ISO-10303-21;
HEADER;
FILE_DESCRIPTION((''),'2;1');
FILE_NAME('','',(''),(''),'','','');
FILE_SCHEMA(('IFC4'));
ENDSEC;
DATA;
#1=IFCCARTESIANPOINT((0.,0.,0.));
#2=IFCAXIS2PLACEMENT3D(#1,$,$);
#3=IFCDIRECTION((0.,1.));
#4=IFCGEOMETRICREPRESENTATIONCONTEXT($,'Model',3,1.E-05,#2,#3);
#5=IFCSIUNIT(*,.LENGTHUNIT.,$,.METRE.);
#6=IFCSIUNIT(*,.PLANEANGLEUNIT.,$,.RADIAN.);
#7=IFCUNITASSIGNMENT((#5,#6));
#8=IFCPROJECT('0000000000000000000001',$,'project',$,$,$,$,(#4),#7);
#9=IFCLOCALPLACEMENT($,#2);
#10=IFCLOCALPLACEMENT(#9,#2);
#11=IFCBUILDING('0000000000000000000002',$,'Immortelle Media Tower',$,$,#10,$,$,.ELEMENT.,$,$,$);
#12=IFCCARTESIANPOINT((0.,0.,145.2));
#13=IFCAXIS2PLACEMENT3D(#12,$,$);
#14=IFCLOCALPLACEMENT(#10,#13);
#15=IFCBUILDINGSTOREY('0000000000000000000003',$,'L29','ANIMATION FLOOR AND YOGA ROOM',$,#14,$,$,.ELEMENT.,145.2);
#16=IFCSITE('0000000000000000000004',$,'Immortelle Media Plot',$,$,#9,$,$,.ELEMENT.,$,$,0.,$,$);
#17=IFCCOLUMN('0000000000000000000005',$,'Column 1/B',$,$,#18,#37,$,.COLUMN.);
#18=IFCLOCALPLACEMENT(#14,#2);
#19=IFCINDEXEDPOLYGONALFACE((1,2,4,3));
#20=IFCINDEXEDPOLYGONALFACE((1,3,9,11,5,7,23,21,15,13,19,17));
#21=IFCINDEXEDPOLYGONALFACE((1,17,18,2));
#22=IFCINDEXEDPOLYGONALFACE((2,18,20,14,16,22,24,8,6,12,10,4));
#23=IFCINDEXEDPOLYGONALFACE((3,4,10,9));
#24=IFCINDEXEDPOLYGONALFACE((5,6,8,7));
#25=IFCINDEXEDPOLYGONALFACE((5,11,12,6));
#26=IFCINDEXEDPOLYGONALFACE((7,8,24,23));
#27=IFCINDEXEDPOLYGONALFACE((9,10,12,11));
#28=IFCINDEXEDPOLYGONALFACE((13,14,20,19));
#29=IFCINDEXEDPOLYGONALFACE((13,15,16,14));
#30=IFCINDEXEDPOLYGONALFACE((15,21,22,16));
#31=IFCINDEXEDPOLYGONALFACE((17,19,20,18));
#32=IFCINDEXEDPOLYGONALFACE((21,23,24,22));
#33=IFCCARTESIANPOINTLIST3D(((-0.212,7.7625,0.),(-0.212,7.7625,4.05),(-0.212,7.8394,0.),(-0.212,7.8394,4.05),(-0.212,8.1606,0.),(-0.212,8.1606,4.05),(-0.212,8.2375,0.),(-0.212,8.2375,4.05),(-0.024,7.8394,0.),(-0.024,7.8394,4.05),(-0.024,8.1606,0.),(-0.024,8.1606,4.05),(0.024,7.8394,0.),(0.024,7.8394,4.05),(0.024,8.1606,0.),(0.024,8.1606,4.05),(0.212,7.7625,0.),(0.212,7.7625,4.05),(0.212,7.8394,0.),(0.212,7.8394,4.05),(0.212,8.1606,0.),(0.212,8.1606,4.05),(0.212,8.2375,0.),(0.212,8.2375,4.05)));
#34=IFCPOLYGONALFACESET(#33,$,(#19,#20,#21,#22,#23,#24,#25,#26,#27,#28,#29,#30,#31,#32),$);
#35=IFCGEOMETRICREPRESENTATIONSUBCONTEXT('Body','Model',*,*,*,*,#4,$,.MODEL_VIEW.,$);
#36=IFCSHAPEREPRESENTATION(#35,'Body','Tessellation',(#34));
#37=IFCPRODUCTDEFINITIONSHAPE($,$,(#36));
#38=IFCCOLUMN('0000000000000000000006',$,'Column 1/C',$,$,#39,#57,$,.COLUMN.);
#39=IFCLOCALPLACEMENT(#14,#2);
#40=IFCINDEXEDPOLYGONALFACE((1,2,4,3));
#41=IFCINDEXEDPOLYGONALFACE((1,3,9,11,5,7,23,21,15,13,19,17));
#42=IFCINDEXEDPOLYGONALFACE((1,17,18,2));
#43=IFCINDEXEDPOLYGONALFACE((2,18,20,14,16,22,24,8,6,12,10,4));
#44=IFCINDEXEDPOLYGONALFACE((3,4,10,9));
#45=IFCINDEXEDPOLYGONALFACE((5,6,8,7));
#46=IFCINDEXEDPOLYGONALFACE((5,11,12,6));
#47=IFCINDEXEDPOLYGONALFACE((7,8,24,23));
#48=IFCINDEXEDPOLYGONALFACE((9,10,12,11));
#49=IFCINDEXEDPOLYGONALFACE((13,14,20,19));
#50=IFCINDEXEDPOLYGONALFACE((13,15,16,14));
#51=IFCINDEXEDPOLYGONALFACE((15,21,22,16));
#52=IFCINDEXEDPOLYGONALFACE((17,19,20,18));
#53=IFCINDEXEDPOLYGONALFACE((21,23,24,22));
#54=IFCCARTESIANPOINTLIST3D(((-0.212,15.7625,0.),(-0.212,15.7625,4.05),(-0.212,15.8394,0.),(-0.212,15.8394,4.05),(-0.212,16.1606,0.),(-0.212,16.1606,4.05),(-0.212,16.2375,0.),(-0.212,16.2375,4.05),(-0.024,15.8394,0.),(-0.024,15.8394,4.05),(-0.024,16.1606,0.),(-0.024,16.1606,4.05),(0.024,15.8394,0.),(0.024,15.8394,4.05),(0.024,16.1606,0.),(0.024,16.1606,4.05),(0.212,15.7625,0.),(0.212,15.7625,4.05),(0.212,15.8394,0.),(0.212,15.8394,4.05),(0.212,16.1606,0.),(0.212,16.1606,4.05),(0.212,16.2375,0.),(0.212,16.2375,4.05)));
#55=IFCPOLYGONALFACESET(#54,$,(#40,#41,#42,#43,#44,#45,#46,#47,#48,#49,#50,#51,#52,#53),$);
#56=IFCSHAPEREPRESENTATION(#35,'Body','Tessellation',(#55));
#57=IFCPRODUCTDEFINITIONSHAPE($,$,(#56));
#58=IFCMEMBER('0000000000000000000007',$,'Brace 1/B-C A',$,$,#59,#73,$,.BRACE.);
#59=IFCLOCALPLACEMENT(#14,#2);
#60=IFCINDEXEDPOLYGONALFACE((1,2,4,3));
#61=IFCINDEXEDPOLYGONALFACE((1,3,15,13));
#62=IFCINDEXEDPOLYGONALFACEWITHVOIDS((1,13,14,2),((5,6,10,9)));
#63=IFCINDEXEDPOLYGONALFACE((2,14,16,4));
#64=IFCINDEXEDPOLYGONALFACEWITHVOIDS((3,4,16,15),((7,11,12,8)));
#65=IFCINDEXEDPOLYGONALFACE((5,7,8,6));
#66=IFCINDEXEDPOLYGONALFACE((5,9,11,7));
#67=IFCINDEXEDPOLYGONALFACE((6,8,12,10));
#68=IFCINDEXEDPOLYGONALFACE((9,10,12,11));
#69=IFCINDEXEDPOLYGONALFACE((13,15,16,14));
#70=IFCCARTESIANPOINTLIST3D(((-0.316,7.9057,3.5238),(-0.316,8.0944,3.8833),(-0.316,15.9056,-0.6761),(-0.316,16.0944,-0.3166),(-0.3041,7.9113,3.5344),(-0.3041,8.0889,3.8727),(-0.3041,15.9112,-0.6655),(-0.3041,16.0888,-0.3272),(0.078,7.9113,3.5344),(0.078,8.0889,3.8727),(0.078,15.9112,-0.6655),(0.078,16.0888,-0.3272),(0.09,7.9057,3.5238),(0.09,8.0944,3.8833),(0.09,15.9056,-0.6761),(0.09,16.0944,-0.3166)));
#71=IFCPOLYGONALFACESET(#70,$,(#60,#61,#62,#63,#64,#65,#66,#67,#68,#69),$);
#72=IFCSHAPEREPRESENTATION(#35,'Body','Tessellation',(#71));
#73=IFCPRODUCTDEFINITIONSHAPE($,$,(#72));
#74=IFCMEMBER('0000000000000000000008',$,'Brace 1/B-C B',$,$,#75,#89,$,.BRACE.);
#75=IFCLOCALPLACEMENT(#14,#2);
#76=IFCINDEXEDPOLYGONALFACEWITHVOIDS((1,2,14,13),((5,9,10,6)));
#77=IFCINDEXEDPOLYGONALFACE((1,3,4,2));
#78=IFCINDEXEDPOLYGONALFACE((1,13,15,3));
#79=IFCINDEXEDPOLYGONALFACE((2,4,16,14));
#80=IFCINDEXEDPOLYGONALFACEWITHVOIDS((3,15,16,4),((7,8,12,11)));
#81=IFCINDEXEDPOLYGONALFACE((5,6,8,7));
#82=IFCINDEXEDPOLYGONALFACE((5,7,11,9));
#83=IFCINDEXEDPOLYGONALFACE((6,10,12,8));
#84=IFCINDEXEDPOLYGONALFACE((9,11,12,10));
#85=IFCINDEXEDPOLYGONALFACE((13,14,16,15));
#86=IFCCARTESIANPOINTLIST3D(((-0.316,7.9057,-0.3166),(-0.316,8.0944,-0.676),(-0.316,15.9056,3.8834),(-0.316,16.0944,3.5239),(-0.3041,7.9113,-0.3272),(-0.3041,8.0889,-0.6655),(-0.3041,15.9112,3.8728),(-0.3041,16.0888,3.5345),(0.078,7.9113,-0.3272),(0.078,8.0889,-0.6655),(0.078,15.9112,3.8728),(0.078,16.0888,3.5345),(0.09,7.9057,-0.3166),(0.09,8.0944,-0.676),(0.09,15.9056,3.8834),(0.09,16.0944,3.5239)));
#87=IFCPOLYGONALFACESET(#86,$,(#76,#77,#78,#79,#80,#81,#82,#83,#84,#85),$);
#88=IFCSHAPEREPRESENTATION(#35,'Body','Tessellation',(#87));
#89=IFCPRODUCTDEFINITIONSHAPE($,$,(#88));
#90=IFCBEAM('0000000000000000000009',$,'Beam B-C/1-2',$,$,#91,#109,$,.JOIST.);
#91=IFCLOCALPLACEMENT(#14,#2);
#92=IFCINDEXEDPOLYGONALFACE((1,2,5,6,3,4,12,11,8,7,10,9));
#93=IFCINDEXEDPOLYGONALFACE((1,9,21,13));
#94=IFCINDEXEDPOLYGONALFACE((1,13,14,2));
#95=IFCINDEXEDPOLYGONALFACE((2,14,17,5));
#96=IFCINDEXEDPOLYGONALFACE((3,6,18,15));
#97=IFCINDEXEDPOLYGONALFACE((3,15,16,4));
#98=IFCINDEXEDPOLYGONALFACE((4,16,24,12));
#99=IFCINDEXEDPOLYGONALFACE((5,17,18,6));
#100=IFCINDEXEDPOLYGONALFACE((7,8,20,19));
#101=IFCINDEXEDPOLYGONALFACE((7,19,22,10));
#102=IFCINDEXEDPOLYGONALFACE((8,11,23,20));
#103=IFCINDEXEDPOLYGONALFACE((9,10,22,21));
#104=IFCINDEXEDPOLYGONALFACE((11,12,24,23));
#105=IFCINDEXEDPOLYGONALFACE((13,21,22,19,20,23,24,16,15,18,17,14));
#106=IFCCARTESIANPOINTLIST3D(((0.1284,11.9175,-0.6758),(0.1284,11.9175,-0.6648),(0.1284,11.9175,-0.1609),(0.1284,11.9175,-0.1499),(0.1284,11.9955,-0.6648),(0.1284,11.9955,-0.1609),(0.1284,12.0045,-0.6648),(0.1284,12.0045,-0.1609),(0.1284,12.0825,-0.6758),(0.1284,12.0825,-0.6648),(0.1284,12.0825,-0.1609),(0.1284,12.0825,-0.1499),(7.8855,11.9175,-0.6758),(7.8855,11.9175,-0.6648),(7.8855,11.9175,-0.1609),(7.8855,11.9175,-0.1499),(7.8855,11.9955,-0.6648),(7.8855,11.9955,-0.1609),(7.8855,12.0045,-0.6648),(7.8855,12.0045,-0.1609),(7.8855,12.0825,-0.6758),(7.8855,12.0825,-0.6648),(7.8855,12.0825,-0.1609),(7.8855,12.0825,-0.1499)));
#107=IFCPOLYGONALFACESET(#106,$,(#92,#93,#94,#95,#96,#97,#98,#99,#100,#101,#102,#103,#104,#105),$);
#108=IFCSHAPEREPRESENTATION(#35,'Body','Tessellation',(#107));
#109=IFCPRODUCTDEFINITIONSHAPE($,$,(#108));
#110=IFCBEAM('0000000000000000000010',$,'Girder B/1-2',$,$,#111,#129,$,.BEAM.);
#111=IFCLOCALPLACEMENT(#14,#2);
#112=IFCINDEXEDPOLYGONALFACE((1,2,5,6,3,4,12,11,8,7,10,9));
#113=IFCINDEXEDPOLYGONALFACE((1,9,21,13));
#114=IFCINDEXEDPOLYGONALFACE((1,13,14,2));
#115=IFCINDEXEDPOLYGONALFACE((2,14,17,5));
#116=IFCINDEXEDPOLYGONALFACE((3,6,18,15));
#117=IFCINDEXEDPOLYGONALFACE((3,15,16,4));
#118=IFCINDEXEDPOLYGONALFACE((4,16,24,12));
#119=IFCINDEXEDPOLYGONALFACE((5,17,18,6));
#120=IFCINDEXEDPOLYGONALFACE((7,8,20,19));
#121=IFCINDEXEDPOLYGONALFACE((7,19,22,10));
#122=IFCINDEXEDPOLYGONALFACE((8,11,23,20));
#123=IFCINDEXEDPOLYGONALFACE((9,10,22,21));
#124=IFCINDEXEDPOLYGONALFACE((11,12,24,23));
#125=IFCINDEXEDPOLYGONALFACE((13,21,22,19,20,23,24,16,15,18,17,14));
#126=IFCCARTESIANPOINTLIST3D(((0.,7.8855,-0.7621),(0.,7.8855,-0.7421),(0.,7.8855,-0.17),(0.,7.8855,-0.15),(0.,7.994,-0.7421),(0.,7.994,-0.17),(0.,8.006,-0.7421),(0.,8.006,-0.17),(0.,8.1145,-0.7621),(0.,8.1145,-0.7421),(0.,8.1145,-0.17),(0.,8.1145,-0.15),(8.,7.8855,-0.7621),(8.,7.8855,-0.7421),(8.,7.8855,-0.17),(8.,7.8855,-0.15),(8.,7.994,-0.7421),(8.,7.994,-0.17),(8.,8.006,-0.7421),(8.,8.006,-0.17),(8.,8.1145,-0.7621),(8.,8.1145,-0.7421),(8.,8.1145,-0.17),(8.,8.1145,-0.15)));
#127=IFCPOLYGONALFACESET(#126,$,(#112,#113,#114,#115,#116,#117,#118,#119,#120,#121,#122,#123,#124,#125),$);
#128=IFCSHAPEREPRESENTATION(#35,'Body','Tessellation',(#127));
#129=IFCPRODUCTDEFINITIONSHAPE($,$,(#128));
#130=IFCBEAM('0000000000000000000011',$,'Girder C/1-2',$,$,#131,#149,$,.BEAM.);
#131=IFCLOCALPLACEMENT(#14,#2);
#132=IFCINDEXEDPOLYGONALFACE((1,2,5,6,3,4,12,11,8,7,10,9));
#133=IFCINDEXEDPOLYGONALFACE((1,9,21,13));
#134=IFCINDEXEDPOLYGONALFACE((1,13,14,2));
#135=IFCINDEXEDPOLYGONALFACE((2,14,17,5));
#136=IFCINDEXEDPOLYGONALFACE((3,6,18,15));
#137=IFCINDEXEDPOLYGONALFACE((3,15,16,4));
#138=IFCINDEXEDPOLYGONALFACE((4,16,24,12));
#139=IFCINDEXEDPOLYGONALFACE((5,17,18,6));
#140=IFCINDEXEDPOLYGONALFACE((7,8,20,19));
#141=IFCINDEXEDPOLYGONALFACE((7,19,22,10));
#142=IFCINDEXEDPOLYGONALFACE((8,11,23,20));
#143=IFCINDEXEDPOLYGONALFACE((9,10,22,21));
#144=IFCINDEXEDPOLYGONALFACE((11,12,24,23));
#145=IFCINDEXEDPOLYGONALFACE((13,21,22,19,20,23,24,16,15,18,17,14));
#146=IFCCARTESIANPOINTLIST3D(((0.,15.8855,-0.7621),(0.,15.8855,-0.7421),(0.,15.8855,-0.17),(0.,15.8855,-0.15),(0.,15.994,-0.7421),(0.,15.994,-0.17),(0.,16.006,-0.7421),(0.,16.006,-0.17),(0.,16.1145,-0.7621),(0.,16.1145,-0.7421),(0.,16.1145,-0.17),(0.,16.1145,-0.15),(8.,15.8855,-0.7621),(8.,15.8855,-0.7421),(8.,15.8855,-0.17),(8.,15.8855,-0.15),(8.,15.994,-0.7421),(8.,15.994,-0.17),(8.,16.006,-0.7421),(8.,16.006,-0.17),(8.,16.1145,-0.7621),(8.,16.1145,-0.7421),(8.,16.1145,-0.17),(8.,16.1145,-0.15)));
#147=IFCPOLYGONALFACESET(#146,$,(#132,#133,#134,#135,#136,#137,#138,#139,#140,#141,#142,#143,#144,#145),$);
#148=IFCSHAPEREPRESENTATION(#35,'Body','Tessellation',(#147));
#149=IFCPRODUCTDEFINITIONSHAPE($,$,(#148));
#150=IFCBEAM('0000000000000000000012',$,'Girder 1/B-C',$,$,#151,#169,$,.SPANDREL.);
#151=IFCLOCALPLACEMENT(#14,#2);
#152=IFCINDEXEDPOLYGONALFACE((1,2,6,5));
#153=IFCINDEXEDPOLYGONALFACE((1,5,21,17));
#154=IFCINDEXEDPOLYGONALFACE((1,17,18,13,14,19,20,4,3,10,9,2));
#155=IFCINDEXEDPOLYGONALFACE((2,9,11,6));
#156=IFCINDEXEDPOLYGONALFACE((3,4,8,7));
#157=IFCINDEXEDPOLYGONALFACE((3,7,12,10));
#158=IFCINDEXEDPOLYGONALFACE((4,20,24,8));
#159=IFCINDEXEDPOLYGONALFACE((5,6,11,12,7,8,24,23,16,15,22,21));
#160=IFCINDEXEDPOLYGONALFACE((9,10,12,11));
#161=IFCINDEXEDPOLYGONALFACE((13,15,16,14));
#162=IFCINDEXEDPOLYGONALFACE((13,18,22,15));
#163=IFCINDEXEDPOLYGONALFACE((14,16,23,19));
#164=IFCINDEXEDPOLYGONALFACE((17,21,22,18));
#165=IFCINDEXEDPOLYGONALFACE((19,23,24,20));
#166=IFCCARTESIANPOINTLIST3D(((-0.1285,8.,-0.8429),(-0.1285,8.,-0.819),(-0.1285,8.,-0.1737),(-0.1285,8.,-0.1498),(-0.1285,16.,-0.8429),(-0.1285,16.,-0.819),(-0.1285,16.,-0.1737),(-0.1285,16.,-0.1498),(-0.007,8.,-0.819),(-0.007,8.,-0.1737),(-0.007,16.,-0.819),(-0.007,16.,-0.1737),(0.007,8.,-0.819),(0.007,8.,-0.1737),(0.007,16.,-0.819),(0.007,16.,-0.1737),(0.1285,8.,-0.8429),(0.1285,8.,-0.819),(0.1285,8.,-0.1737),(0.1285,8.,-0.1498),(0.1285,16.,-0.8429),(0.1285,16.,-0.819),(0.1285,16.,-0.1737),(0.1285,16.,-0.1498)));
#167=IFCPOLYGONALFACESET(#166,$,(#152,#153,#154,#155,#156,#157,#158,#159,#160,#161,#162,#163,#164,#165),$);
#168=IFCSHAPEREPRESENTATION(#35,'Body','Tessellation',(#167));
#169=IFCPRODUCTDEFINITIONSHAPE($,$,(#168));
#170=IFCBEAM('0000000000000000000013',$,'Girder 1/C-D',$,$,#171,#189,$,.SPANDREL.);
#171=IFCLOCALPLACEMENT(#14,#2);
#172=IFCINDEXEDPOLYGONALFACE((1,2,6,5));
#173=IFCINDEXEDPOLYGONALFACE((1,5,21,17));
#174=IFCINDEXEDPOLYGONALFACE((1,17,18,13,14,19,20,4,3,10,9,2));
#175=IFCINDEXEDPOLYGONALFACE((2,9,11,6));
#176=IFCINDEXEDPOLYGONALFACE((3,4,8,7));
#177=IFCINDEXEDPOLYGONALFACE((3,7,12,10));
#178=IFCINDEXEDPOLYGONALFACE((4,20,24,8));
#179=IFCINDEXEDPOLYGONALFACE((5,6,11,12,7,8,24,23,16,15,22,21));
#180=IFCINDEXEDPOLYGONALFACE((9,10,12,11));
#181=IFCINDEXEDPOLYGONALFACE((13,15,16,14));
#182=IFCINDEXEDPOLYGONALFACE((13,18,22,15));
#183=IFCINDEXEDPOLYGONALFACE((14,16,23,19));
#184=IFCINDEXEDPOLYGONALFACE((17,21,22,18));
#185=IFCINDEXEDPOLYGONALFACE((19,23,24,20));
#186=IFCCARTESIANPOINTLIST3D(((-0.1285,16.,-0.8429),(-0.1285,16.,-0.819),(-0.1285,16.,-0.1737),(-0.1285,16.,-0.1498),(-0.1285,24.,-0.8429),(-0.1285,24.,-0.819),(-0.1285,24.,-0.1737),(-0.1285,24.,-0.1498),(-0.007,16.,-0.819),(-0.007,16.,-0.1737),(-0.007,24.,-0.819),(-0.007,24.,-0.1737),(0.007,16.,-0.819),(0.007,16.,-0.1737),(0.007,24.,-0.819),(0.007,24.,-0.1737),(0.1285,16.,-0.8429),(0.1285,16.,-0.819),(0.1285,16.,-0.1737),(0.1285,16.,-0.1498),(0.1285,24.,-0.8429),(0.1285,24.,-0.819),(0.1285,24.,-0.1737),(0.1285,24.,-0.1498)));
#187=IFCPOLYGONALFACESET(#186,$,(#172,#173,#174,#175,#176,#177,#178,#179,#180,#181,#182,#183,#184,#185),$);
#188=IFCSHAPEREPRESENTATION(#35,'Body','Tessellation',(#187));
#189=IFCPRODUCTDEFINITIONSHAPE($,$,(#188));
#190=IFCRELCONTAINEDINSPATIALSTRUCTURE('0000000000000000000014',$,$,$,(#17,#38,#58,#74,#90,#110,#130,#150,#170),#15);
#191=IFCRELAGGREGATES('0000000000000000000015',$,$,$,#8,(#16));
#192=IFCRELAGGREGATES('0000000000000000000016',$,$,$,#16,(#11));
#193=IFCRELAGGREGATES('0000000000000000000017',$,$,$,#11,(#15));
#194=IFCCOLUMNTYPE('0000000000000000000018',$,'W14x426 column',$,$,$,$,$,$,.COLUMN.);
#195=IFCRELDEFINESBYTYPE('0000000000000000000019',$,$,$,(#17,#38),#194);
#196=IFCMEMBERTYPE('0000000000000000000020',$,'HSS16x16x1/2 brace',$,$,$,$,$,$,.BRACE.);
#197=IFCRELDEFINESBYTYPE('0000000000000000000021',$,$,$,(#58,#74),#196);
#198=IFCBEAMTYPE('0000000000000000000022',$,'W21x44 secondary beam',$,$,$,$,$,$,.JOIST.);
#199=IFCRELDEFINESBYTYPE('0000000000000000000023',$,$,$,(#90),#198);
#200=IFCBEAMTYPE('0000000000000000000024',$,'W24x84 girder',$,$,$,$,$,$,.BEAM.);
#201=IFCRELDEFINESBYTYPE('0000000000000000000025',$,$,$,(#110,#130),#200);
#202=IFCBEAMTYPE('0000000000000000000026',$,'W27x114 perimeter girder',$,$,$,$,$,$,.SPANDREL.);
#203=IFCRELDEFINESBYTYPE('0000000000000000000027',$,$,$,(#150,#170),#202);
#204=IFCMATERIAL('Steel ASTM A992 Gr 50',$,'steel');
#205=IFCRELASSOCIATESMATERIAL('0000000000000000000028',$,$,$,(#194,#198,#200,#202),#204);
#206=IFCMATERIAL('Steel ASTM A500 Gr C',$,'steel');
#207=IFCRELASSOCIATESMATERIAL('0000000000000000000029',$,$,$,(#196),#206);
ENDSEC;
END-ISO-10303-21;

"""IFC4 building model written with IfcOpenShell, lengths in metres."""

from ifc_helpers import new_model, si_unit, direction, frame, origin, origin_2d, place, context, subcontext, project, spatial, hollow_rectangle, i_section, extrude, material, material_profile, profile_set, type_object, element, save


model = new_model("IFC4")

# Units and contexts
model_context = context("Model", 3, precision=1e-05, world=origin(), true_north=direction((0.0, 1.0)))
body_context = subcontext(model_context, "Body", "Model", "MODEL_VIEW")
ifc_project = project(units=[si_unit("LENGTHUNIT", "METRE"), si_unit("PLANEANGLEUNIT", "RADIAN")], contexts=[model_context])

# Site, building, storey
site_placement = place(None, origin())
site = spatial("IfcSite", under=ifc_project, at=site_placement, Name="Immortelle Media Plot", CompositionType="ELEMENT", RefElevation=0.0)
building_placement = place(site_placement, origin())
building = spatial("IfcBuilding", under=site, at=building_placement, Name="Immortelle Media Tower", CompositionType="ELEMENT")
storey_placement = place(building_placement, frame((0.0, 0.0, 145.2)))
storey = spatial("IfcBuildingStorey", under=building, at=storey_placement, Name="L29", Description="ANIMATION FLOOR AND YOGA ROOM", CompositionType="ELEMENT", Elevation=145.2)

# Columns
ifc_material_1 = material(Name="Steel ASTM A992 Gr 50", Category="steel")
ifc_material_profile_1 = material_profile(ifc_material_1, i_section(OverallWidth=0.4241, OverallDepth=0.4751, WebThickness=0.0481, FlangeThickness=0.0769, at=origin_2d()), Name="W14x426")
ifc_profile_set_1 = profile_set([ifc_material_profile_1], Name="Steel ASTM A992 Gr 50")
column_type = type_object("IfcColumnType", Name="W14x426 column", PredefinedType="COLUMN", material=ifc_profile_set_1)
for number, where, z_axis, x_axis, name in (
    (1, (0.0, 8.0, 0.0), (0.0, 0.0, 1.0), (1.0, 0.0, 0.0), "Column 1/B"),
    (2, (0.0, 16.0, 0.0), (0.0, 0.0, 1.0), (1.0, 0.0, 0.0), "Column 1/C"),
):
    element("IfcColumn", number, at=place(storey_placement, frame(where, z_axis=z_axis, x_axis=x_axis)), inside=storey, type_object=column_type, Name=name, PredefinedType="COLUMN", context=body_context, shape_type="SweptSolid", body=[
        extrude(i_section(OverallWidth=0.4241, OverallDepth=0.4751, WebThickness=0.0481, FlangeThickness=0.0769, at=origin_2d()), origin(), (0.0, 0.0, 1.0), 4.05),
    ])

# Members
ifc_material_2 = material(Name="Steel ASTM A500 Gr C", Category="steel")
ifc_material_profile_2 = material_profile(ifc_material_2, hollow_rectangle(XDim=0.406, YDim=0.406, WallThickness=0.012, at=origin_2d()), Name="HSS16x16x1/2 brace")
ifc_profile_set_2 = profile_set([ifc_material_profile_2], Name="Steel ASTM A500 Gr C")
member_type = type_object("IfcMemberType", Name="HSS16x16x1/2 brace", PredefinedType="BRACE", material=ifc_profile_set_2)
for number, where, z_axis, x_axis, name in (
    (3, (-0.113, 16.0, -0.4963), (0.0, -0.8854, 0.46483), (1.0, 0.0, 0.0), "Brace 1/B-C A"),
    (4, (-0.113, 16.0, 3.7036), (0.0, -0.8854, -0.46483), (1.0, 0.0, 0.0), "Brace 1/B-C B"),
):
    element("IfcMember", number, at=place(storey_placement, frame(where, z_axis=z_axis, x_axis=x_axis)), inside=storey, type_object=member_type, Name=name, PredefinedType="BRACE", context=body_context, shape_type="SweptSolid", body=[
        extrude(hollow_rectangle(XDim=0.406, YDim=0.406, WallThickness=0.012, at=origin_2d()), origin(), (0.0, 0.0, 1.0), 9.0354),
    ])

# Beams
ifc_material_profile_3 = material_profile(ifc_material_1, i_section(OverallWidth=0.165, OverallDepth=0.5259, WebThickness=0.009, FlangeThickness=0.011, at=origin_2d()), Name="W21x44")
ifc_profile_set_3 = profile_set([ifc_material_profile_3], Name="Steel ASTM A992 Gr 50")
beam_type_1 = type_object("IfcBeamType", Name="W21x44 secondary beam", PredefinedType="JOIST", material=ifc_profile_set_3)
beam_placement = place(storey_placement, frame((0.1284, 12.0, -0.4128), z_axis=(1.0, 0.0, 0.0), x_axis=(0.0, 1.0, 0.0)))
element("IfcBeam", 5, at=beam_placement, inside=storey, type_object=beam_type_1, Name="Beam B-C/1-2", PredefinedType="JOIST", context=body_context, shape_type="SweptSolid", body=[
    extrude(i_section(OverallWidth=0.165, OverallDepth=0.5259, WebThickness=0.009, FlangeThickness=0.011, at=origin_2d()), origin(), (0.0, 0.0, 1.0), 7.7571),
])
ifc_material_profile_4 = material_profile(ifc_material_1, i_section(OverallWidth=0.229, OverallDepth=0.6121, WebThickness=0.012, FlangeThickness=0.02, at=origin_2d()), Name="W24x84")
ifc_profile_set_4 = profile_set([ifc_material_profile_4], Name="Steel ASTM A992 Gr 50")
beam_type_2 = type_object("IfcBeamType", Name="W24x84 girder", PredefinedType="BEAM", material=ifc_profile_set_4)
for number, where, z_axis, x_axis, name in (
    (6, (0.0, 8.0, -0.4561), (1.0, 0.0, 0.0), (0.0, 1.0, 0.0), "Girder B/1-2"),
    (7, (0.0, 16.0, -0.4561), (1.0, 0.0, 0.0), (0.0, 1.0, 0.0), "Girder C/1-2"),
):
    element("IfcBeam", number, at=place(storey_placement, frame(where, z_axis=z_axis, x_axis=x_axis)), inside=storey, type_object=beam_type_2, Name=name, PredefinedType="BEAM", context=body_context, shape_type="SweptSolid", body=[
        extrude(i_section(OverallWidth=0.229, OverallDepth=0.6121, WebThickness=0.012, FlangeThickness=0.02, at=origin_2d()), origin(), (0.0, 0.0, 1.0), 8.0),
    ])
ifc_material_profile_5 = material_profile(ifc_material_1, i_section(OverallWidth=0.2571, OverallDepth=0.6931, WebThickness=0.0139, FlangeThickness=0.0239, at=origin_2d()), Name="W27x114")
ifc_profile_set_5 = profile_set([ifc_material_profile_5], Name="Steel ASTM A992 Gr 50")
beam_type_3 = type_object("IfcBeamType", Name="W27x114 perimeter girder", PredefinedType="SPANDREL", material=ifc_profile_set_5)
for number, where, z_axis, x_axis, name in (
    (8, (0.0, 8.0, -0.4963), (0.0, 1.0, 0.0), (-1.0, 0.0, 0.0), "Girder 1/B-C"),
    (9, (0.0, 16.0, -0.4963), (0.0, 1.0, 0.0), (-1.0, 0.0, 0.0), "Girder 1/C-D"),
):
    element("IfcBeam", number, at=place(storey_placement, frame(where, z_axis=z_axis, x_axis=x_axis)), inside=storey, type_object=beam_type_3, Name=name, PredefinedType="SPANDREL", context=body_context, shape_type="SweptSolid", body=[
        extrude(i_section(OverallWidth=0.2571, OverallDepth=0.6931, WebThickness=0.0139, FlangeThickness=0.0239, at=origin_2d()), origin(), (0.0, 0.0, 1.0), 8.0),
    ])

save(model, "model.ifc")
